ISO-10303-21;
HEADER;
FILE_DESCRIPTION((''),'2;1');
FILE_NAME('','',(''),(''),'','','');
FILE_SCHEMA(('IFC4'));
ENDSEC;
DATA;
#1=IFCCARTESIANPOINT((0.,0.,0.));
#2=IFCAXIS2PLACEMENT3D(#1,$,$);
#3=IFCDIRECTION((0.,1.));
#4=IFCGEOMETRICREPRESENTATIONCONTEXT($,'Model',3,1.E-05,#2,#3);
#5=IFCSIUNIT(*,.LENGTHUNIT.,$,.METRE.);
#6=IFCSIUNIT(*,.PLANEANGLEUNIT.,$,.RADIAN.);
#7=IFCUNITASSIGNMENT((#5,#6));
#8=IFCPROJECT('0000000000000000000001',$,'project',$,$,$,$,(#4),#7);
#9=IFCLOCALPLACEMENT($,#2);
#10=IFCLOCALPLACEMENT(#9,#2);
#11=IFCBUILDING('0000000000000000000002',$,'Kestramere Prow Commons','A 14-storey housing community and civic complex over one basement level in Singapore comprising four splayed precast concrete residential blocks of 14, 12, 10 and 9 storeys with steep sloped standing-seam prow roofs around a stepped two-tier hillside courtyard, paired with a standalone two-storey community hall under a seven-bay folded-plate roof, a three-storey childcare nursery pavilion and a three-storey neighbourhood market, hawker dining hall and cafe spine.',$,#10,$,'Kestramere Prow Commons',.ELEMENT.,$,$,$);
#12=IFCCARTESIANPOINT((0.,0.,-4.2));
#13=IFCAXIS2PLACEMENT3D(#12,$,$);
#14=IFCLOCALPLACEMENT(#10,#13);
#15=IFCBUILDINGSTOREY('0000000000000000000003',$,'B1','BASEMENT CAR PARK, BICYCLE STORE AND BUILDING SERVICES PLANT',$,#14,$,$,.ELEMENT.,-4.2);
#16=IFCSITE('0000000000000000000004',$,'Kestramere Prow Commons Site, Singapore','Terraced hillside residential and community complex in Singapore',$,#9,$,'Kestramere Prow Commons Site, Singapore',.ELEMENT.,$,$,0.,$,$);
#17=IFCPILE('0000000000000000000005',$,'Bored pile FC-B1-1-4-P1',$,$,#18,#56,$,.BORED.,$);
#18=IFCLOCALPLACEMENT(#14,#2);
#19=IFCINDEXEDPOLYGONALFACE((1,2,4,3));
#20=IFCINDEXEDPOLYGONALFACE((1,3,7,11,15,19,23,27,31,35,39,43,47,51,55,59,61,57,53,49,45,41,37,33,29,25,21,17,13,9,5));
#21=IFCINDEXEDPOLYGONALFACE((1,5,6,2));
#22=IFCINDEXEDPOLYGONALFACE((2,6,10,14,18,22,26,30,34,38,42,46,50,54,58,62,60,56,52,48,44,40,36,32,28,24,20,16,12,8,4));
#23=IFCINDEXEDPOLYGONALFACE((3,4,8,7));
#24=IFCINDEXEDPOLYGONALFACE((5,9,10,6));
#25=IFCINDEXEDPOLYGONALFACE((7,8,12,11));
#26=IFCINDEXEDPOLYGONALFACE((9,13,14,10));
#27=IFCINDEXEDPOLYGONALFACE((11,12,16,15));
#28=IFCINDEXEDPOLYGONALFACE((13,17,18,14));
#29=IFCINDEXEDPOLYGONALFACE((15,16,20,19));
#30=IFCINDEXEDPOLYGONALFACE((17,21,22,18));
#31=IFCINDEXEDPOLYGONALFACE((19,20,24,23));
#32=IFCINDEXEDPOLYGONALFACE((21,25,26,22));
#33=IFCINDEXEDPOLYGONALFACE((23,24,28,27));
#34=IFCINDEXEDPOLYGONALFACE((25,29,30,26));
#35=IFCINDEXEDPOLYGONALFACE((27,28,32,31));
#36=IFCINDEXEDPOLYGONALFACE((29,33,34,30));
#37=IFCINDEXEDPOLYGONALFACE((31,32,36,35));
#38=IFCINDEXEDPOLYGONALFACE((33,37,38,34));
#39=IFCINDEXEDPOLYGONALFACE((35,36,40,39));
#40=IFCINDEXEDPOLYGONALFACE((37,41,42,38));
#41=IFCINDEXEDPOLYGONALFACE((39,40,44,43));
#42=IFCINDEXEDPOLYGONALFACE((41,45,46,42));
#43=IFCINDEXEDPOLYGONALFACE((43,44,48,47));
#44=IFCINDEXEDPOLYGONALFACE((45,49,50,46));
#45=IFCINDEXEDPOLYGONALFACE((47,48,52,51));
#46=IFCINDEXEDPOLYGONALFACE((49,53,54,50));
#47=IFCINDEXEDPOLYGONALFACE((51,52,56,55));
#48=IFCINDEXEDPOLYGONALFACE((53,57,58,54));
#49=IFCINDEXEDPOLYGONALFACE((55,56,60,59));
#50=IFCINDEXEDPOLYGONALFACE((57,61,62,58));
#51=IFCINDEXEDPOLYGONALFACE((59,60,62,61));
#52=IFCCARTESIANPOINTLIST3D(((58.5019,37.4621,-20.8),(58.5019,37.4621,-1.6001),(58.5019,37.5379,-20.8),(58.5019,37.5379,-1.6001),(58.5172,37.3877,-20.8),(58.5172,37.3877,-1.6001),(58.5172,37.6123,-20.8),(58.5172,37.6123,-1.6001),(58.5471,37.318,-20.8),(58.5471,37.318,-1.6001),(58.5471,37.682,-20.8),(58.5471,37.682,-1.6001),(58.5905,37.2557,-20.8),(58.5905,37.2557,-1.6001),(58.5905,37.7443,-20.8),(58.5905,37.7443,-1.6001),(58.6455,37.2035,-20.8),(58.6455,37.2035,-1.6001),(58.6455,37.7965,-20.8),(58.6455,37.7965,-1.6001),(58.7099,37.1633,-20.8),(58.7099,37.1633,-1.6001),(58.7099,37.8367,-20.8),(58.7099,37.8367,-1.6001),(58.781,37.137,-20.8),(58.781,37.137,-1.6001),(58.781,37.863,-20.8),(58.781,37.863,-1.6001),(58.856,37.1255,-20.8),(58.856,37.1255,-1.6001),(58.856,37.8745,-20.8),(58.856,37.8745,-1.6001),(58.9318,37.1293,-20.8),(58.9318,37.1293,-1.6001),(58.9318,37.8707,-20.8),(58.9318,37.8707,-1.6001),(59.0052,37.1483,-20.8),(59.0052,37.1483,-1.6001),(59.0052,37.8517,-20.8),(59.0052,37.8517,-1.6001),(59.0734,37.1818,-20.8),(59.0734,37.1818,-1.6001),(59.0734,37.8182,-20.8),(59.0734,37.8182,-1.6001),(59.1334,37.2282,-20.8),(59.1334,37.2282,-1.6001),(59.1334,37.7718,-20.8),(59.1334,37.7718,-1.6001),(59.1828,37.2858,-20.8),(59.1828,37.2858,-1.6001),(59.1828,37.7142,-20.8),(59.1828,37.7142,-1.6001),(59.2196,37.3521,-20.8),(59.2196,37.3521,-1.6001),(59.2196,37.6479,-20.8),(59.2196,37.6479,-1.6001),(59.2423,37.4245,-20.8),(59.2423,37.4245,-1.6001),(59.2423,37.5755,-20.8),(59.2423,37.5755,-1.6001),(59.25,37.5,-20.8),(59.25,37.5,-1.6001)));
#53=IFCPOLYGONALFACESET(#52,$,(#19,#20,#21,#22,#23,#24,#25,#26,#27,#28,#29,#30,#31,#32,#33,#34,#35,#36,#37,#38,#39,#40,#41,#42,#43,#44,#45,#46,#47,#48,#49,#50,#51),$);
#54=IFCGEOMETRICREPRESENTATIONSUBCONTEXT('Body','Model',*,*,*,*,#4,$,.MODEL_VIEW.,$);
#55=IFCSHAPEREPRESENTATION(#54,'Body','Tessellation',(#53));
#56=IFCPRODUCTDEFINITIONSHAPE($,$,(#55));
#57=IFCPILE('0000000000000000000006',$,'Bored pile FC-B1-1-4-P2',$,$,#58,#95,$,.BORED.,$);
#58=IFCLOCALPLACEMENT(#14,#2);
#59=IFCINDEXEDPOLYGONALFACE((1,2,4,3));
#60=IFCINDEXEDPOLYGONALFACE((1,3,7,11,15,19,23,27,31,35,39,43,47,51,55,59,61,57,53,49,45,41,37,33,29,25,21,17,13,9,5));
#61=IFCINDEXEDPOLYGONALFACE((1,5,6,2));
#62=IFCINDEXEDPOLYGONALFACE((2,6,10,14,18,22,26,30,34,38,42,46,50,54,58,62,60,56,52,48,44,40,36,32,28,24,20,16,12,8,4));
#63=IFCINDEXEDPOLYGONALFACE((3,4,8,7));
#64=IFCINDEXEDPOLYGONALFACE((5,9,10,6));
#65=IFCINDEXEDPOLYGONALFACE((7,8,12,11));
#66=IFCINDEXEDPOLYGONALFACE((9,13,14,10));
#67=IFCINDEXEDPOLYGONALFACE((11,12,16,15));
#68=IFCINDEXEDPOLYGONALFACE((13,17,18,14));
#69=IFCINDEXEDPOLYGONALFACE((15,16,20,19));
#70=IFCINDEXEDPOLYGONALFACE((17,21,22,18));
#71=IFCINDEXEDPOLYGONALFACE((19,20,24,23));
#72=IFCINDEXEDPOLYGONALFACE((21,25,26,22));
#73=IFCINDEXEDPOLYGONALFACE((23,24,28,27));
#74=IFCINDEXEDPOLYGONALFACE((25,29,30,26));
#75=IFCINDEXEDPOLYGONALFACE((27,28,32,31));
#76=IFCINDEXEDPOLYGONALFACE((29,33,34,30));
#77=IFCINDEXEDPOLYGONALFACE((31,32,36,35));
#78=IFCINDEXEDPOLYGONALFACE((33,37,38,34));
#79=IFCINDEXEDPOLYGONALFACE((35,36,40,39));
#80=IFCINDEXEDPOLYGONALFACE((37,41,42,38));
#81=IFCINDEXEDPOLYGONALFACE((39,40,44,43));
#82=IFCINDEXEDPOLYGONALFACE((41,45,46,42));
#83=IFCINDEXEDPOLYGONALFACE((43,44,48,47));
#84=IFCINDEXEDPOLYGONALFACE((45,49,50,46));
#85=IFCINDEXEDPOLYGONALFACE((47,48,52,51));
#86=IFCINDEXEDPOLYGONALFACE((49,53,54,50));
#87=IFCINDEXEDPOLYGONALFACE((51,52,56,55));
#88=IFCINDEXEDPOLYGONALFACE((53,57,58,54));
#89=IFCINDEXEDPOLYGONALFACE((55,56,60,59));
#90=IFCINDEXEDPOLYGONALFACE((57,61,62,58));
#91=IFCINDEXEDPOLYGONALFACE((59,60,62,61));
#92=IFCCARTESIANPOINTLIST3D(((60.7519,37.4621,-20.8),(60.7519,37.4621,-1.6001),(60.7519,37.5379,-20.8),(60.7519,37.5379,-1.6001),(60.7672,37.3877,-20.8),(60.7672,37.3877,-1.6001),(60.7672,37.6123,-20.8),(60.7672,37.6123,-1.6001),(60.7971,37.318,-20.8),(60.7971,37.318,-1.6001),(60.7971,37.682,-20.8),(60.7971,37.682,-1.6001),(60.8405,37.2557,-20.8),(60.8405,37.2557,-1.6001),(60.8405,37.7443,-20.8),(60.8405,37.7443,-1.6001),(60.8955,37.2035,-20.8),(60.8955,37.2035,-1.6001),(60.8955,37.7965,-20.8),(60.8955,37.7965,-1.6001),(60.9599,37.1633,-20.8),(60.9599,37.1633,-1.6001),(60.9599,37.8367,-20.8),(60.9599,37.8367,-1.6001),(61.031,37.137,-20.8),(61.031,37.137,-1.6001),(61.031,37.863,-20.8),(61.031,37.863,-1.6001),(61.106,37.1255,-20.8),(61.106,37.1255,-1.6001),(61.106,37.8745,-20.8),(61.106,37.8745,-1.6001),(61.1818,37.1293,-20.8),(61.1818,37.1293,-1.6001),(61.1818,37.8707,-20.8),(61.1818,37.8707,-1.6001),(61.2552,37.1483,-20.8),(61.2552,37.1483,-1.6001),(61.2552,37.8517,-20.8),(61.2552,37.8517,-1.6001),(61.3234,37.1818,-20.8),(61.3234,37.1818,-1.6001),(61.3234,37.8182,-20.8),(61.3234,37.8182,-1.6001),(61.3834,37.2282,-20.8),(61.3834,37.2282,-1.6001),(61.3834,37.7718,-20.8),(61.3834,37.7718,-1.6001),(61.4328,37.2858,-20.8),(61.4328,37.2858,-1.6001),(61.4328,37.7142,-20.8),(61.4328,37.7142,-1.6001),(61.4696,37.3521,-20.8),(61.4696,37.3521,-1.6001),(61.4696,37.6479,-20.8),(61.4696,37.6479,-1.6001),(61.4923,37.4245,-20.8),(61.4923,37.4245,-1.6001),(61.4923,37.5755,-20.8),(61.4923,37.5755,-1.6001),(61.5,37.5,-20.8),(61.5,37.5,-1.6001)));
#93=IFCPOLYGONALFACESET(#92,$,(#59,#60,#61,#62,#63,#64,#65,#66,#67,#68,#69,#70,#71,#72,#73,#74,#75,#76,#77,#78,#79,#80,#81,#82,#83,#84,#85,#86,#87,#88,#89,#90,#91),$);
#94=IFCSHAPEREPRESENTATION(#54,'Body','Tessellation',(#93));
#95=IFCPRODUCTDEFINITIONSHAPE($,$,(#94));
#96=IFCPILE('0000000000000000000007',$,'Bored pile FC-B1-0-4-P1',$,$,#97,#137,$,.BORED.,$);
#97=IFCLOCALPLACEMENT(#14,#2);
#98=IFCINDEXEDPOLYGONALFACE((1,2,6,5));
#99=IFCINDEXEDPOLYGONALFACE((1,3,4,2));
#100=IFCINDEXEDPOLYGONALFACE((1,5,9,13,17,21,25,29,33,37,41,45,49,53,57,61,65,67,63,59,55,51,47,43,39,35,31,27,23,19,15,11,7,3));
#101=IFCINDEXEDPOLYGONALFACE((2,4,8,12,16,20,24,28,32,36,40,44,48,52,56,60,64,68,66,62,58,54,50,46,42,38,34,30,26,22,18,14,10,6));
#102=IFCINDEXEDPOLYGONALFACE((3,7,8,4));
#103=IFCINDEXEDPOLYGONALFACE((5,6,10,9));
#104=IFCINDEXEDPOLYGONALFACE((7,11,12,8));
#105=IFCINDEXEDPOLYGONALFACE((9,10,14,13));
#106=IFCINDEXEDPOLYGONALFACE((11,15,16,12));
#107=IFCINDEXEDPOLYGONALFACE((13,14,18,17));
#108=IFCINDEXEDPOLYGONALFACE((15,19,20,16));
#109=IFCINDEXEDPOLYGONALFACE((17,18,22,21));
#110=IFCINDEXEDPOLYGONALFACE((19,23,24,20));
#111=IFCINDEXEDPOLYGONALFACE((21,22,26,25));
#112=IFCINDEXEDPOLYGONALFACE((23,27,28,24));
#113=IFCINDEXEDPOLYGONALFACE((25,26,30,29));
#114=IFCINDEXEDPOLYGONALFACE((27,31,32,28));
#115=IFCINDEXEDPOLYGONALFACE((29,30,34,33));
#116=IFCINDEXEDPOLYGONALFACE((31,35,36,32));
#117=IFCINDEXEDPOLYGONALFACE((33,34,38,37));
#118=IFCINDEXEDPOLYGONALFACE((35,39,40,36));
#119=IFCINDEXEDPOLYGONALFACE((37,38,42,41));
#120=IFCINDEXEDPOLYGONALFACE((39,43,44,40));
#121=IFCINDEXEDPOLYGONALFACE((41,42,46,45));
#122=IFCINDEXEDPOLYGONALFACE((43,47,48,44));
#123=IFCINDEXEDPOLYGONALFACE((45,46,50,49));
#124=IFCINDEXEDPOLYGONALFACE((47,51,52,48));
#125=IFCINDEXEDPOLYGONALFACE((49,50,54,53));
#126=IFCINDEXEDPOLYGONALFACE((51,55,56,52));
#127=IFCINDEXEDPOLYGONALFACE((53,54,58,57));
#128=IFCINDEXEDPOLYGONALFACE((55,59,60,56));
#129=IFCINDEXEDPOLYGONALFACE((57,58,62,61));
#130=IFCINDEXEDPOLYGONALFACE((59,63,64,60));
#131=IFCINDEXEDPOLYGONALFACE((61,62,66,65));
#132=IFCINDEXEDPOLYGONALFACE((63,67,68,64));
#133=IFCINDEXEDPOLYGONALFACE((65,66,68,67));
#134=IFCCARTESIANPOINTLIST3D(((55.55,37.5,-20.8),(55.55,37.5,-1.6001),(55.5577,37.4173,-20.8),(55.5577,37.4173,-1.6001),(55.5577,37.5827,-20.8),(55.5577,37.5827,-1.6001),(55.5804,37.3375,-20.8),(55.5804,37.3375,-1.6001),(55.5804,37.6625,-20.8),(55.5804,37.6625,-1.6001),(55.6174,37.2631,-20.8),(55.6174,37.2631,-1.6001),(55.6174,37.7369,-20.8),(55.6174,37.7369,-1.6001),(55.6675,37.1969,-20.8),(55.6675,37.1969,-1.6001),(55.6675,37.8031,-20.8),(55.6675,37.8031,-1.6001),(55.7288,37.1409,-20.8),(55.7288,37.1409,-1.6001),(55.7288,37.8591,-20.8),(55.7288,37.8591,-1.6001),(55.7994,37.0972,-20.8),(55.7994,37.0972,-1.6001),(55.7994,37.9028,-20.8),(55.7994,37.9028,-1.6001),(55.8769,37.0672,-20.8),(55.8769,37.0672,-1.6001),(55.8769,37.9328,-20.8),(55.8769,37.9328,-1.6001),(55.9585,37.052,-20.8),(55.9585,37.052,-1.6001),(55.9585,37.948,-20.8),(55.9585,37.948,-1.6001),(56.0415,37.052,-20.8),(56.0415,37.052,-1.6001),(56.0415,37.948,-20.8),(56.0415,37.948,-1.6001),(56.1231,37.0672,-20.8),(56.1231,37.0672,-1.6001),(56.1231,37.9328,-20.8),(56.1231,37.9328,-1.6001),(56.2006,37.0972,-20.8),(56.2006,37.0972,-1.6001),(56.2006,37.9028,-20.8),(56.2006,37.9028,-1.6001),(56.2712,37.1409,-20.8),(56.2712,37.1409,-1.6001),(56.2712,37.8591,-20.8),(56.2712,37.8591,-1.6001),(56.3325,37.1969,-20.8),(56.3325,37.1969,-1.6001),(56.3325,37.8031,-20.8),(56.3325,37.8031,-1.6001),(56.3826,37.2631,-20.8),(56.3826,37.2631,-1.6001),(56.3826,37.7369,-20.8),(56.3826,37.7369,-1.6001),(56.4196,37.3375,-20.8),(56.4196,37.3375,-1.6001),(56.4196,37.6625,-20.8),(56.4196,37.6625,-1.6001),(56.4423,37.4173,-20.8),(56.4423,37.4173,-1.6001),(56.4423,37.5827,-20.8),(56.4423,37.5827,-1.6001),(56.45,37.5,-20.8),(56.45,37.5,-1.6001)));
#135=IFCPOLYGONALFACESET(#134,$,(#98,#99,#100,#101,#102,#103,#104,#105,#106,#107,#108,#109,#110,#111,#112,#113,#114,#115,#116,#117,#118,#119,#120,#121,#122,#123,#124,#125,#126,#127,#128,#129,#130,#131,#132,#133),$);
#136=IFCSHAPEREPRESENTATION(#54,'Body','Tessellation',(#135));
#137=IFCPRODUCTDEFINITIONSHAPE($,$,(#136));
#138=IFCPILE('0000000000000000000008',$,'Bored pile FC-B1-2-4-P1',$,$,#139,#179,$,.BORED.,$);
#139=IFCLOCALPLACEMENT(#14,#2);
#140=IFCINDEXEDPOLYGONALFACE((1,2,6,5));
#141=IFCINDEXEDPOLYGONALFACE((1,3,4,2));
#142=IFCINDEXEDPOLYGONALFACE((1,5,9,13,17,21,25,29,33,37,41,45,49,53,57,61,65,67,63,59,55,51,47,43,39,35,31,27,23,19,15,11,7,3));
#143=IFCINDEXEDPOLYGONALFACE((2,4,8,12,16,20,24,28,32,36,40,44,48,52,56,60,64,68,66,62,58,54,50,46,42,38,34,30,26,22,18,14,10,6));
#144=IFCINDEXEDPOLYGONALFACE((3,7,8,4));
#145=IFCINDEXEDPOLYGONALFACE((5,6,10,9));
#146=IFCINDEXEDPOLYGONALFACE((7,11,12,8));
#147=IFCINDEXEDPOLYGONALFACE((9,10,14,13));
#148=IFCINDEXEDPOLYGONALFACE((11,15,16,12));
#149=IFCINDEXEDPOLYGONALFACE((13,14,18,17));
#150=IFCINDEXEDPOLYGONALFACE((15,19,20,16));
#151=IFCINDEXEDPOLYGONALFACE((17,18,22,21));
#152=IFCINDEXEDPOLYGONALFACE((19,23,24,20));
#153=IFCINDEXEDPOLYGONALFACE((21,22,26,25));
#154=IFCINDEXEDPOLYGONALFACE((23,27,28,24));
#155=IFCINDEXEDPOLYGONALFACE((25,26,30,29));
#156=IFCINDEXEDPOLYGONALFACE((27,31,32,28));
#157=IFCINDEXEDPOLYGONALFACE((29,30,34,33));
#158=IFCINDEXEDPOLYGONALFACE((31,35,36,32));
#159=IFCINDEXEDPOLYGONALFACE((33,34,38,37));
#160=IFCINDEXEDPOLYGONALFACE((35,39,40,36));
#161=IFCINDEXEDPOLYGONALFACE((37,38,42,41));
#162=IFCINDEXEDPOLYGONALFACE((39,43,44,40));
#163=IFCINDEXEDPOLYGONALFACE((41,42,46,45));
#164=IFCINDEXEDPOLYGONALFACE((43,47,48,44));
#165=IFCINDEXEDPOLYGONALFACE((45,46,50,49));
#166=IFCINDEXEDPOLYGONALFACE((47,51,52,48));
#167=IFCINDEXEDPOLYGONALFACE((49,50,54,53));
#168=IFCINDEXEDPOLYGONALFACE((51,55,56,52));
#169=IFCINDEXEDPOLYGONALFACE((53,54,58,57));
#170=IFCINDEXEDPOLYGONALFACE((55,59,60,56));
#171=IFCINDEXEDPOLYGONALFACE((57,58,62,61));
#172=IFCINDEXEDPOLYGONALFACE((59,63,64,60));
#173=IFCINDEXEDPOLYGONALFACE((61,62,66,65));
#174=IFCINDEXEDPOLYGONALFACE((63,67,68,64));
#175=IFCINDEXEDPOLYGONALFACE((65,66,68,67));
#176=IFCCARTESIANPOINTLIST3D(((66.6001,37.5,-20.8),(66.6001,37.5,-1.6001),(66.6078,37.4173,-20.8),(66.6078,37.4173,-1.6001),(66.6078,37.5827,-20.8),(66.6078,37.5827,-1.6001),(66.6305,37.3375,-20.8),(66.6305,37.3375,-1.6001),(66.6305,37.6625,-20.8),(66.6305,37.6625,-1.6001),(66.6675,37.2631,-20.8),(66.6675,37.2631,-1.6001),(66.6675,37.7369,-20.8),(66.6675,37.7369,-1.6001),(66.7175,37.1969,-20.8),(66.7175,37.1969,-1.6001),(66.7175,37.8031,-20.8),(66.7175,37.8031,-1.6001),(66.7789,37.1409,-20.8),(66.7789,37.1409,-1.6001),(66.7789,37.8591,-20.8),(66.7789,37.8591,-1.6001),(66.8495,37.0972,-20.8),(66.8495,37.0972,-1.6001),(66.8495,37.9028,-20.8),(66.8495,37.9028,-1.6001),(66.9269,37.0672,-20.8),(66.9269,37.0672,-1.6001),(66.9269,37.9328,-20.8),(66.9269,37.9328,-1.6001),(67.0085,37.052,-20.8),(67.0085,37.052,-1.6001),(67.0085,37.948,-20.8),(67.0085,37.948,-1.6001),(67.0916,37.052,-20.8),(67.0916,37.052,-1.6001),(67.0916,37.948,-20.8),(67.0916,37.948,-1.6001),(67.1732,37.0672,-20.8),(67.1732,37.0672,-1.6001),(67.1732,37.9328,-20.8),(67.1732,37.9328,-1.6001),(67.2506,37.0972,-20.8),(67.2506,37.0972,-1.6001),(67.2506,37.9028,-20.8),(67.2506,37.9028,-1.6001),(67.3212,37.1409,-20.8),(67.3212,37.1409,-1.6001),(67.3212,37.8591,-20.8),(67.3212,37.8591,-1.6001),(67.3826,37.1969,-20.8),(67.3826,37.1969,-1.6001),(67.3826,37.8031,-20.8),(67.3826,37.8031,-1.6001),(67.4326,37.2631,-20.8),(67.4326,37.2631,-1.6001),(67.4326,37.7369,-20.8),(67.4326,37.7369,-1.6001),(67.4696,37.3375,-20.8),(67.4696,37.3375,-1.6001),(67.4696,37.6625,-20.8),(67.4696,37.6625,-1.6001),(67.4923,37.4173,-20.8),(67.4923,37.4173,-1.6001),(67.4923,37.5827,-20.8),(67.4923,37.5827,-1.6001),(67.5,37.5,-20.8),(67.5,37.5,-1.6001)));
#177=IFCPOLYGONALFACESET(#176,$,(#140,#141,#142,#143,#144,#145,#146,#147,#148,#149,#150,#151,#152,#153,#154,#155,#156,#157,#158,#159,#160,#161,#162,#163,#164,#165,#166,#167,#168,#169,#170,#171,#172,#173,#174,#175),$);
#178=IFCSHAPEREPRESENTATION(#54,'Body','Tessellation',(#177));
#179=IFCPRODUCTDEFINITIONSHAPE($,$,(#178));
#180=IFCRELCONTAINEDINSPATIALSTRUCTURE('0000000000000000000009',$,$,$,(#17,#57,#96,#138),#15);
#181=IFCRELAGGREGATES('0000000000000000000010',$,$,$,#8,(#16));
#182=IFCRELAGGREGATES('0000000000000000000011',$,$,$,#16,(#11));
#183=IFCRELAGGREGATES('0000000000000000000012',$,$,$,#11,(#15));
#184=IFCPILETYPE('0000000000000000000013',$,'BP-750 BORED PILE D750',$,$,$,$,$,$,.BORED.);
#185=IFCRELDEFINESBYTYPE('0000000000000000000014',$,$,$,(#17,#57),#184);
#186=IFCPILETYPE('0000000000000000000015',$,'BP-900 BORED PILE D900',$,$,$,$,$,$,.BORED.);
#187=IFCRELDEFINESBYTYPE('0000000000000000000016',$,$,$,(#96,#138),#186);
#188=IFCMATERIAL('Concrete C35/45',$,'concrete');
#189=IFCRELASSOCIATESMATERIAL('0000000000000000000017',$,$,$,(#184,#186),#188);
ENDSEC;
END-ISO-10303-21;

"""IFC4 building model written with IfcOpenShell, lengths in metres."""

from ifc_helpers import new_model, si_unit, direction, frame, origin, origin_2d, place, context, subcontext, project, spatial, circle, extrude, material, material_profile, profile_set, type_object, element, save


model = new_model("IFC4")

# Units and contexts
model_context = context("Model", 3, precision=1e-05, world=origin(), true_north=direction((0.0, 1.0)))
body_context = subcontext(model_context, "Body", "Model", "MODEL_VIEW")
ifc_project = project(units=[si_unit("LENGTHUNIT", "METRE"), si_unit("PLANEANGLEUNIT", "RADIAN")], contexts=[model_context])

# Site, building, storey
site_placement = place(None, origin())
site = spatial("IfcSite", under=ifc_project, at=site_placement, Name="Kestramere Prow Commons Site, Singapore", Description="Terraced hillside residential and community complex in Singapore", LongName="Kestramere Prow Commons Site, Singapore", CompositionType="ELEMENT", RefElevation=0.0)
building_placement = place(site_placement, origin())
building = spatial("IfcBuilding", under=site, at=building_placement, Name="Kestramere Prow Commons", Description="A 14-storey housing community and civic complex over one basement level in Singapore comprising four splayed precast concrete residential blocks of 14, 12, 10 and 9 storeys with steep sloped standing-seam prow roofs around a stepped two-tier hillside courtyard, paired with a standalone two-storey community hall under a seven-bay folded-plate roof, a three-storey childcare nursery pavilion and a three-storey neighbourhood market, hawker dining hall and cafe spine.", LongName="Kestramere Prow Commons", CompositionType="ELEMENT")
storey_placement = place(building_placement, frame((0.0, 0.0, -4.2)))
storey = spatial("IfcBuildingStorey", under=building, at=storey_placement, Name="B1", Description="BASEMENT CAR PARK, BICYCLE STORE AND BUILDING SERVICES PLANT", CompositionType="ELEMENT", Elevation=-4.2)

# Piles
ifc_material_1 = material(Name="Concrete C35/45", Category="concrete")
ifc_material_profile_1 = material_profile(ifc_material_1, circle(Radius=0.375, at=origin_2d()), Name="BORED PILE D750")
ifc_profile_set_1 = profile_set([ifc_material_profile_1], Name="Concrete C35/45")
pile_type_1 = type_object("IfcPileType", Name="BP-750 BORED PILE D750", PredefinedType="BORED", material=ifc_profile_set_1)
for number, where, z_axis, x_axis, name in (
    (1, (58.875, 37.5, -1.6001), (0.0, 0.0, -1.0), (1.0, 0.0, 0.0), "Bored pile FC-B1-1-4-P1"),
    (2, (61.125, 37.5, -1.6001), (0.0, 0.0, -1.0), (1.0, 0.0, 0.0), "Bored pile FC-B1-1-4-P2"),
):
    element("IfcPile", number, at=place(storey_placement, frame(where, z_axis=z_axis, x_axis=x_axis)), inside=storey, type_object=pile_type_1, Name=name, PredefinedType="BORED", context=body_context, shape_type="SweptSolid", body=[
        extrude(circle(Radius=0.375, at=origin_2d()), origin(), (0.0, 0.0, 1.0), 19.2),
    ])
ifc_material_profile_2 = material_profile(ifc_material_1, circle(Radius=0.45, at=origin_2d()), Name="BORED PILE D900")
ifc_profile_set_2 = profile_set([ifc_material_profile_2], Name="Concrete C35/45")
pile_type_2 = type_object("IfcPileType", Name="BP-900 BORED PILE D900", PredefinedType="BORED", material=ifc_profile_set_2)
for number, where, z_axis, x_axis, name in (
    (3, (56.0, 37.5, -1.6001), (0.0, 0.0, -1.0), (1.0, 0.0, 0.0), "Bored pile FC-B1-0-4-P1"),
    (4, (67.05, 37.5, -1.6001), (0.0, 0.0, -1.0), (1.0, 0.0, 0.0), "Bored pile FC-B1-2-4-P1"),
):
    element("IfcPile", number, at=place(storey_placement, frame(where, z_axis=z_axis, x_axis=x_axis)), inside=storey, type_object=pile_type_2, Name=name, PredefinedType="BORED", context=body_context, shape_type="SweptSolid", body=[
        extrude(circle(Radius=0.45, at=origin_2d()), origin(), (0.0, 0.0, 1.0), 19.2),
    ])

save(model, "model.ifc")
